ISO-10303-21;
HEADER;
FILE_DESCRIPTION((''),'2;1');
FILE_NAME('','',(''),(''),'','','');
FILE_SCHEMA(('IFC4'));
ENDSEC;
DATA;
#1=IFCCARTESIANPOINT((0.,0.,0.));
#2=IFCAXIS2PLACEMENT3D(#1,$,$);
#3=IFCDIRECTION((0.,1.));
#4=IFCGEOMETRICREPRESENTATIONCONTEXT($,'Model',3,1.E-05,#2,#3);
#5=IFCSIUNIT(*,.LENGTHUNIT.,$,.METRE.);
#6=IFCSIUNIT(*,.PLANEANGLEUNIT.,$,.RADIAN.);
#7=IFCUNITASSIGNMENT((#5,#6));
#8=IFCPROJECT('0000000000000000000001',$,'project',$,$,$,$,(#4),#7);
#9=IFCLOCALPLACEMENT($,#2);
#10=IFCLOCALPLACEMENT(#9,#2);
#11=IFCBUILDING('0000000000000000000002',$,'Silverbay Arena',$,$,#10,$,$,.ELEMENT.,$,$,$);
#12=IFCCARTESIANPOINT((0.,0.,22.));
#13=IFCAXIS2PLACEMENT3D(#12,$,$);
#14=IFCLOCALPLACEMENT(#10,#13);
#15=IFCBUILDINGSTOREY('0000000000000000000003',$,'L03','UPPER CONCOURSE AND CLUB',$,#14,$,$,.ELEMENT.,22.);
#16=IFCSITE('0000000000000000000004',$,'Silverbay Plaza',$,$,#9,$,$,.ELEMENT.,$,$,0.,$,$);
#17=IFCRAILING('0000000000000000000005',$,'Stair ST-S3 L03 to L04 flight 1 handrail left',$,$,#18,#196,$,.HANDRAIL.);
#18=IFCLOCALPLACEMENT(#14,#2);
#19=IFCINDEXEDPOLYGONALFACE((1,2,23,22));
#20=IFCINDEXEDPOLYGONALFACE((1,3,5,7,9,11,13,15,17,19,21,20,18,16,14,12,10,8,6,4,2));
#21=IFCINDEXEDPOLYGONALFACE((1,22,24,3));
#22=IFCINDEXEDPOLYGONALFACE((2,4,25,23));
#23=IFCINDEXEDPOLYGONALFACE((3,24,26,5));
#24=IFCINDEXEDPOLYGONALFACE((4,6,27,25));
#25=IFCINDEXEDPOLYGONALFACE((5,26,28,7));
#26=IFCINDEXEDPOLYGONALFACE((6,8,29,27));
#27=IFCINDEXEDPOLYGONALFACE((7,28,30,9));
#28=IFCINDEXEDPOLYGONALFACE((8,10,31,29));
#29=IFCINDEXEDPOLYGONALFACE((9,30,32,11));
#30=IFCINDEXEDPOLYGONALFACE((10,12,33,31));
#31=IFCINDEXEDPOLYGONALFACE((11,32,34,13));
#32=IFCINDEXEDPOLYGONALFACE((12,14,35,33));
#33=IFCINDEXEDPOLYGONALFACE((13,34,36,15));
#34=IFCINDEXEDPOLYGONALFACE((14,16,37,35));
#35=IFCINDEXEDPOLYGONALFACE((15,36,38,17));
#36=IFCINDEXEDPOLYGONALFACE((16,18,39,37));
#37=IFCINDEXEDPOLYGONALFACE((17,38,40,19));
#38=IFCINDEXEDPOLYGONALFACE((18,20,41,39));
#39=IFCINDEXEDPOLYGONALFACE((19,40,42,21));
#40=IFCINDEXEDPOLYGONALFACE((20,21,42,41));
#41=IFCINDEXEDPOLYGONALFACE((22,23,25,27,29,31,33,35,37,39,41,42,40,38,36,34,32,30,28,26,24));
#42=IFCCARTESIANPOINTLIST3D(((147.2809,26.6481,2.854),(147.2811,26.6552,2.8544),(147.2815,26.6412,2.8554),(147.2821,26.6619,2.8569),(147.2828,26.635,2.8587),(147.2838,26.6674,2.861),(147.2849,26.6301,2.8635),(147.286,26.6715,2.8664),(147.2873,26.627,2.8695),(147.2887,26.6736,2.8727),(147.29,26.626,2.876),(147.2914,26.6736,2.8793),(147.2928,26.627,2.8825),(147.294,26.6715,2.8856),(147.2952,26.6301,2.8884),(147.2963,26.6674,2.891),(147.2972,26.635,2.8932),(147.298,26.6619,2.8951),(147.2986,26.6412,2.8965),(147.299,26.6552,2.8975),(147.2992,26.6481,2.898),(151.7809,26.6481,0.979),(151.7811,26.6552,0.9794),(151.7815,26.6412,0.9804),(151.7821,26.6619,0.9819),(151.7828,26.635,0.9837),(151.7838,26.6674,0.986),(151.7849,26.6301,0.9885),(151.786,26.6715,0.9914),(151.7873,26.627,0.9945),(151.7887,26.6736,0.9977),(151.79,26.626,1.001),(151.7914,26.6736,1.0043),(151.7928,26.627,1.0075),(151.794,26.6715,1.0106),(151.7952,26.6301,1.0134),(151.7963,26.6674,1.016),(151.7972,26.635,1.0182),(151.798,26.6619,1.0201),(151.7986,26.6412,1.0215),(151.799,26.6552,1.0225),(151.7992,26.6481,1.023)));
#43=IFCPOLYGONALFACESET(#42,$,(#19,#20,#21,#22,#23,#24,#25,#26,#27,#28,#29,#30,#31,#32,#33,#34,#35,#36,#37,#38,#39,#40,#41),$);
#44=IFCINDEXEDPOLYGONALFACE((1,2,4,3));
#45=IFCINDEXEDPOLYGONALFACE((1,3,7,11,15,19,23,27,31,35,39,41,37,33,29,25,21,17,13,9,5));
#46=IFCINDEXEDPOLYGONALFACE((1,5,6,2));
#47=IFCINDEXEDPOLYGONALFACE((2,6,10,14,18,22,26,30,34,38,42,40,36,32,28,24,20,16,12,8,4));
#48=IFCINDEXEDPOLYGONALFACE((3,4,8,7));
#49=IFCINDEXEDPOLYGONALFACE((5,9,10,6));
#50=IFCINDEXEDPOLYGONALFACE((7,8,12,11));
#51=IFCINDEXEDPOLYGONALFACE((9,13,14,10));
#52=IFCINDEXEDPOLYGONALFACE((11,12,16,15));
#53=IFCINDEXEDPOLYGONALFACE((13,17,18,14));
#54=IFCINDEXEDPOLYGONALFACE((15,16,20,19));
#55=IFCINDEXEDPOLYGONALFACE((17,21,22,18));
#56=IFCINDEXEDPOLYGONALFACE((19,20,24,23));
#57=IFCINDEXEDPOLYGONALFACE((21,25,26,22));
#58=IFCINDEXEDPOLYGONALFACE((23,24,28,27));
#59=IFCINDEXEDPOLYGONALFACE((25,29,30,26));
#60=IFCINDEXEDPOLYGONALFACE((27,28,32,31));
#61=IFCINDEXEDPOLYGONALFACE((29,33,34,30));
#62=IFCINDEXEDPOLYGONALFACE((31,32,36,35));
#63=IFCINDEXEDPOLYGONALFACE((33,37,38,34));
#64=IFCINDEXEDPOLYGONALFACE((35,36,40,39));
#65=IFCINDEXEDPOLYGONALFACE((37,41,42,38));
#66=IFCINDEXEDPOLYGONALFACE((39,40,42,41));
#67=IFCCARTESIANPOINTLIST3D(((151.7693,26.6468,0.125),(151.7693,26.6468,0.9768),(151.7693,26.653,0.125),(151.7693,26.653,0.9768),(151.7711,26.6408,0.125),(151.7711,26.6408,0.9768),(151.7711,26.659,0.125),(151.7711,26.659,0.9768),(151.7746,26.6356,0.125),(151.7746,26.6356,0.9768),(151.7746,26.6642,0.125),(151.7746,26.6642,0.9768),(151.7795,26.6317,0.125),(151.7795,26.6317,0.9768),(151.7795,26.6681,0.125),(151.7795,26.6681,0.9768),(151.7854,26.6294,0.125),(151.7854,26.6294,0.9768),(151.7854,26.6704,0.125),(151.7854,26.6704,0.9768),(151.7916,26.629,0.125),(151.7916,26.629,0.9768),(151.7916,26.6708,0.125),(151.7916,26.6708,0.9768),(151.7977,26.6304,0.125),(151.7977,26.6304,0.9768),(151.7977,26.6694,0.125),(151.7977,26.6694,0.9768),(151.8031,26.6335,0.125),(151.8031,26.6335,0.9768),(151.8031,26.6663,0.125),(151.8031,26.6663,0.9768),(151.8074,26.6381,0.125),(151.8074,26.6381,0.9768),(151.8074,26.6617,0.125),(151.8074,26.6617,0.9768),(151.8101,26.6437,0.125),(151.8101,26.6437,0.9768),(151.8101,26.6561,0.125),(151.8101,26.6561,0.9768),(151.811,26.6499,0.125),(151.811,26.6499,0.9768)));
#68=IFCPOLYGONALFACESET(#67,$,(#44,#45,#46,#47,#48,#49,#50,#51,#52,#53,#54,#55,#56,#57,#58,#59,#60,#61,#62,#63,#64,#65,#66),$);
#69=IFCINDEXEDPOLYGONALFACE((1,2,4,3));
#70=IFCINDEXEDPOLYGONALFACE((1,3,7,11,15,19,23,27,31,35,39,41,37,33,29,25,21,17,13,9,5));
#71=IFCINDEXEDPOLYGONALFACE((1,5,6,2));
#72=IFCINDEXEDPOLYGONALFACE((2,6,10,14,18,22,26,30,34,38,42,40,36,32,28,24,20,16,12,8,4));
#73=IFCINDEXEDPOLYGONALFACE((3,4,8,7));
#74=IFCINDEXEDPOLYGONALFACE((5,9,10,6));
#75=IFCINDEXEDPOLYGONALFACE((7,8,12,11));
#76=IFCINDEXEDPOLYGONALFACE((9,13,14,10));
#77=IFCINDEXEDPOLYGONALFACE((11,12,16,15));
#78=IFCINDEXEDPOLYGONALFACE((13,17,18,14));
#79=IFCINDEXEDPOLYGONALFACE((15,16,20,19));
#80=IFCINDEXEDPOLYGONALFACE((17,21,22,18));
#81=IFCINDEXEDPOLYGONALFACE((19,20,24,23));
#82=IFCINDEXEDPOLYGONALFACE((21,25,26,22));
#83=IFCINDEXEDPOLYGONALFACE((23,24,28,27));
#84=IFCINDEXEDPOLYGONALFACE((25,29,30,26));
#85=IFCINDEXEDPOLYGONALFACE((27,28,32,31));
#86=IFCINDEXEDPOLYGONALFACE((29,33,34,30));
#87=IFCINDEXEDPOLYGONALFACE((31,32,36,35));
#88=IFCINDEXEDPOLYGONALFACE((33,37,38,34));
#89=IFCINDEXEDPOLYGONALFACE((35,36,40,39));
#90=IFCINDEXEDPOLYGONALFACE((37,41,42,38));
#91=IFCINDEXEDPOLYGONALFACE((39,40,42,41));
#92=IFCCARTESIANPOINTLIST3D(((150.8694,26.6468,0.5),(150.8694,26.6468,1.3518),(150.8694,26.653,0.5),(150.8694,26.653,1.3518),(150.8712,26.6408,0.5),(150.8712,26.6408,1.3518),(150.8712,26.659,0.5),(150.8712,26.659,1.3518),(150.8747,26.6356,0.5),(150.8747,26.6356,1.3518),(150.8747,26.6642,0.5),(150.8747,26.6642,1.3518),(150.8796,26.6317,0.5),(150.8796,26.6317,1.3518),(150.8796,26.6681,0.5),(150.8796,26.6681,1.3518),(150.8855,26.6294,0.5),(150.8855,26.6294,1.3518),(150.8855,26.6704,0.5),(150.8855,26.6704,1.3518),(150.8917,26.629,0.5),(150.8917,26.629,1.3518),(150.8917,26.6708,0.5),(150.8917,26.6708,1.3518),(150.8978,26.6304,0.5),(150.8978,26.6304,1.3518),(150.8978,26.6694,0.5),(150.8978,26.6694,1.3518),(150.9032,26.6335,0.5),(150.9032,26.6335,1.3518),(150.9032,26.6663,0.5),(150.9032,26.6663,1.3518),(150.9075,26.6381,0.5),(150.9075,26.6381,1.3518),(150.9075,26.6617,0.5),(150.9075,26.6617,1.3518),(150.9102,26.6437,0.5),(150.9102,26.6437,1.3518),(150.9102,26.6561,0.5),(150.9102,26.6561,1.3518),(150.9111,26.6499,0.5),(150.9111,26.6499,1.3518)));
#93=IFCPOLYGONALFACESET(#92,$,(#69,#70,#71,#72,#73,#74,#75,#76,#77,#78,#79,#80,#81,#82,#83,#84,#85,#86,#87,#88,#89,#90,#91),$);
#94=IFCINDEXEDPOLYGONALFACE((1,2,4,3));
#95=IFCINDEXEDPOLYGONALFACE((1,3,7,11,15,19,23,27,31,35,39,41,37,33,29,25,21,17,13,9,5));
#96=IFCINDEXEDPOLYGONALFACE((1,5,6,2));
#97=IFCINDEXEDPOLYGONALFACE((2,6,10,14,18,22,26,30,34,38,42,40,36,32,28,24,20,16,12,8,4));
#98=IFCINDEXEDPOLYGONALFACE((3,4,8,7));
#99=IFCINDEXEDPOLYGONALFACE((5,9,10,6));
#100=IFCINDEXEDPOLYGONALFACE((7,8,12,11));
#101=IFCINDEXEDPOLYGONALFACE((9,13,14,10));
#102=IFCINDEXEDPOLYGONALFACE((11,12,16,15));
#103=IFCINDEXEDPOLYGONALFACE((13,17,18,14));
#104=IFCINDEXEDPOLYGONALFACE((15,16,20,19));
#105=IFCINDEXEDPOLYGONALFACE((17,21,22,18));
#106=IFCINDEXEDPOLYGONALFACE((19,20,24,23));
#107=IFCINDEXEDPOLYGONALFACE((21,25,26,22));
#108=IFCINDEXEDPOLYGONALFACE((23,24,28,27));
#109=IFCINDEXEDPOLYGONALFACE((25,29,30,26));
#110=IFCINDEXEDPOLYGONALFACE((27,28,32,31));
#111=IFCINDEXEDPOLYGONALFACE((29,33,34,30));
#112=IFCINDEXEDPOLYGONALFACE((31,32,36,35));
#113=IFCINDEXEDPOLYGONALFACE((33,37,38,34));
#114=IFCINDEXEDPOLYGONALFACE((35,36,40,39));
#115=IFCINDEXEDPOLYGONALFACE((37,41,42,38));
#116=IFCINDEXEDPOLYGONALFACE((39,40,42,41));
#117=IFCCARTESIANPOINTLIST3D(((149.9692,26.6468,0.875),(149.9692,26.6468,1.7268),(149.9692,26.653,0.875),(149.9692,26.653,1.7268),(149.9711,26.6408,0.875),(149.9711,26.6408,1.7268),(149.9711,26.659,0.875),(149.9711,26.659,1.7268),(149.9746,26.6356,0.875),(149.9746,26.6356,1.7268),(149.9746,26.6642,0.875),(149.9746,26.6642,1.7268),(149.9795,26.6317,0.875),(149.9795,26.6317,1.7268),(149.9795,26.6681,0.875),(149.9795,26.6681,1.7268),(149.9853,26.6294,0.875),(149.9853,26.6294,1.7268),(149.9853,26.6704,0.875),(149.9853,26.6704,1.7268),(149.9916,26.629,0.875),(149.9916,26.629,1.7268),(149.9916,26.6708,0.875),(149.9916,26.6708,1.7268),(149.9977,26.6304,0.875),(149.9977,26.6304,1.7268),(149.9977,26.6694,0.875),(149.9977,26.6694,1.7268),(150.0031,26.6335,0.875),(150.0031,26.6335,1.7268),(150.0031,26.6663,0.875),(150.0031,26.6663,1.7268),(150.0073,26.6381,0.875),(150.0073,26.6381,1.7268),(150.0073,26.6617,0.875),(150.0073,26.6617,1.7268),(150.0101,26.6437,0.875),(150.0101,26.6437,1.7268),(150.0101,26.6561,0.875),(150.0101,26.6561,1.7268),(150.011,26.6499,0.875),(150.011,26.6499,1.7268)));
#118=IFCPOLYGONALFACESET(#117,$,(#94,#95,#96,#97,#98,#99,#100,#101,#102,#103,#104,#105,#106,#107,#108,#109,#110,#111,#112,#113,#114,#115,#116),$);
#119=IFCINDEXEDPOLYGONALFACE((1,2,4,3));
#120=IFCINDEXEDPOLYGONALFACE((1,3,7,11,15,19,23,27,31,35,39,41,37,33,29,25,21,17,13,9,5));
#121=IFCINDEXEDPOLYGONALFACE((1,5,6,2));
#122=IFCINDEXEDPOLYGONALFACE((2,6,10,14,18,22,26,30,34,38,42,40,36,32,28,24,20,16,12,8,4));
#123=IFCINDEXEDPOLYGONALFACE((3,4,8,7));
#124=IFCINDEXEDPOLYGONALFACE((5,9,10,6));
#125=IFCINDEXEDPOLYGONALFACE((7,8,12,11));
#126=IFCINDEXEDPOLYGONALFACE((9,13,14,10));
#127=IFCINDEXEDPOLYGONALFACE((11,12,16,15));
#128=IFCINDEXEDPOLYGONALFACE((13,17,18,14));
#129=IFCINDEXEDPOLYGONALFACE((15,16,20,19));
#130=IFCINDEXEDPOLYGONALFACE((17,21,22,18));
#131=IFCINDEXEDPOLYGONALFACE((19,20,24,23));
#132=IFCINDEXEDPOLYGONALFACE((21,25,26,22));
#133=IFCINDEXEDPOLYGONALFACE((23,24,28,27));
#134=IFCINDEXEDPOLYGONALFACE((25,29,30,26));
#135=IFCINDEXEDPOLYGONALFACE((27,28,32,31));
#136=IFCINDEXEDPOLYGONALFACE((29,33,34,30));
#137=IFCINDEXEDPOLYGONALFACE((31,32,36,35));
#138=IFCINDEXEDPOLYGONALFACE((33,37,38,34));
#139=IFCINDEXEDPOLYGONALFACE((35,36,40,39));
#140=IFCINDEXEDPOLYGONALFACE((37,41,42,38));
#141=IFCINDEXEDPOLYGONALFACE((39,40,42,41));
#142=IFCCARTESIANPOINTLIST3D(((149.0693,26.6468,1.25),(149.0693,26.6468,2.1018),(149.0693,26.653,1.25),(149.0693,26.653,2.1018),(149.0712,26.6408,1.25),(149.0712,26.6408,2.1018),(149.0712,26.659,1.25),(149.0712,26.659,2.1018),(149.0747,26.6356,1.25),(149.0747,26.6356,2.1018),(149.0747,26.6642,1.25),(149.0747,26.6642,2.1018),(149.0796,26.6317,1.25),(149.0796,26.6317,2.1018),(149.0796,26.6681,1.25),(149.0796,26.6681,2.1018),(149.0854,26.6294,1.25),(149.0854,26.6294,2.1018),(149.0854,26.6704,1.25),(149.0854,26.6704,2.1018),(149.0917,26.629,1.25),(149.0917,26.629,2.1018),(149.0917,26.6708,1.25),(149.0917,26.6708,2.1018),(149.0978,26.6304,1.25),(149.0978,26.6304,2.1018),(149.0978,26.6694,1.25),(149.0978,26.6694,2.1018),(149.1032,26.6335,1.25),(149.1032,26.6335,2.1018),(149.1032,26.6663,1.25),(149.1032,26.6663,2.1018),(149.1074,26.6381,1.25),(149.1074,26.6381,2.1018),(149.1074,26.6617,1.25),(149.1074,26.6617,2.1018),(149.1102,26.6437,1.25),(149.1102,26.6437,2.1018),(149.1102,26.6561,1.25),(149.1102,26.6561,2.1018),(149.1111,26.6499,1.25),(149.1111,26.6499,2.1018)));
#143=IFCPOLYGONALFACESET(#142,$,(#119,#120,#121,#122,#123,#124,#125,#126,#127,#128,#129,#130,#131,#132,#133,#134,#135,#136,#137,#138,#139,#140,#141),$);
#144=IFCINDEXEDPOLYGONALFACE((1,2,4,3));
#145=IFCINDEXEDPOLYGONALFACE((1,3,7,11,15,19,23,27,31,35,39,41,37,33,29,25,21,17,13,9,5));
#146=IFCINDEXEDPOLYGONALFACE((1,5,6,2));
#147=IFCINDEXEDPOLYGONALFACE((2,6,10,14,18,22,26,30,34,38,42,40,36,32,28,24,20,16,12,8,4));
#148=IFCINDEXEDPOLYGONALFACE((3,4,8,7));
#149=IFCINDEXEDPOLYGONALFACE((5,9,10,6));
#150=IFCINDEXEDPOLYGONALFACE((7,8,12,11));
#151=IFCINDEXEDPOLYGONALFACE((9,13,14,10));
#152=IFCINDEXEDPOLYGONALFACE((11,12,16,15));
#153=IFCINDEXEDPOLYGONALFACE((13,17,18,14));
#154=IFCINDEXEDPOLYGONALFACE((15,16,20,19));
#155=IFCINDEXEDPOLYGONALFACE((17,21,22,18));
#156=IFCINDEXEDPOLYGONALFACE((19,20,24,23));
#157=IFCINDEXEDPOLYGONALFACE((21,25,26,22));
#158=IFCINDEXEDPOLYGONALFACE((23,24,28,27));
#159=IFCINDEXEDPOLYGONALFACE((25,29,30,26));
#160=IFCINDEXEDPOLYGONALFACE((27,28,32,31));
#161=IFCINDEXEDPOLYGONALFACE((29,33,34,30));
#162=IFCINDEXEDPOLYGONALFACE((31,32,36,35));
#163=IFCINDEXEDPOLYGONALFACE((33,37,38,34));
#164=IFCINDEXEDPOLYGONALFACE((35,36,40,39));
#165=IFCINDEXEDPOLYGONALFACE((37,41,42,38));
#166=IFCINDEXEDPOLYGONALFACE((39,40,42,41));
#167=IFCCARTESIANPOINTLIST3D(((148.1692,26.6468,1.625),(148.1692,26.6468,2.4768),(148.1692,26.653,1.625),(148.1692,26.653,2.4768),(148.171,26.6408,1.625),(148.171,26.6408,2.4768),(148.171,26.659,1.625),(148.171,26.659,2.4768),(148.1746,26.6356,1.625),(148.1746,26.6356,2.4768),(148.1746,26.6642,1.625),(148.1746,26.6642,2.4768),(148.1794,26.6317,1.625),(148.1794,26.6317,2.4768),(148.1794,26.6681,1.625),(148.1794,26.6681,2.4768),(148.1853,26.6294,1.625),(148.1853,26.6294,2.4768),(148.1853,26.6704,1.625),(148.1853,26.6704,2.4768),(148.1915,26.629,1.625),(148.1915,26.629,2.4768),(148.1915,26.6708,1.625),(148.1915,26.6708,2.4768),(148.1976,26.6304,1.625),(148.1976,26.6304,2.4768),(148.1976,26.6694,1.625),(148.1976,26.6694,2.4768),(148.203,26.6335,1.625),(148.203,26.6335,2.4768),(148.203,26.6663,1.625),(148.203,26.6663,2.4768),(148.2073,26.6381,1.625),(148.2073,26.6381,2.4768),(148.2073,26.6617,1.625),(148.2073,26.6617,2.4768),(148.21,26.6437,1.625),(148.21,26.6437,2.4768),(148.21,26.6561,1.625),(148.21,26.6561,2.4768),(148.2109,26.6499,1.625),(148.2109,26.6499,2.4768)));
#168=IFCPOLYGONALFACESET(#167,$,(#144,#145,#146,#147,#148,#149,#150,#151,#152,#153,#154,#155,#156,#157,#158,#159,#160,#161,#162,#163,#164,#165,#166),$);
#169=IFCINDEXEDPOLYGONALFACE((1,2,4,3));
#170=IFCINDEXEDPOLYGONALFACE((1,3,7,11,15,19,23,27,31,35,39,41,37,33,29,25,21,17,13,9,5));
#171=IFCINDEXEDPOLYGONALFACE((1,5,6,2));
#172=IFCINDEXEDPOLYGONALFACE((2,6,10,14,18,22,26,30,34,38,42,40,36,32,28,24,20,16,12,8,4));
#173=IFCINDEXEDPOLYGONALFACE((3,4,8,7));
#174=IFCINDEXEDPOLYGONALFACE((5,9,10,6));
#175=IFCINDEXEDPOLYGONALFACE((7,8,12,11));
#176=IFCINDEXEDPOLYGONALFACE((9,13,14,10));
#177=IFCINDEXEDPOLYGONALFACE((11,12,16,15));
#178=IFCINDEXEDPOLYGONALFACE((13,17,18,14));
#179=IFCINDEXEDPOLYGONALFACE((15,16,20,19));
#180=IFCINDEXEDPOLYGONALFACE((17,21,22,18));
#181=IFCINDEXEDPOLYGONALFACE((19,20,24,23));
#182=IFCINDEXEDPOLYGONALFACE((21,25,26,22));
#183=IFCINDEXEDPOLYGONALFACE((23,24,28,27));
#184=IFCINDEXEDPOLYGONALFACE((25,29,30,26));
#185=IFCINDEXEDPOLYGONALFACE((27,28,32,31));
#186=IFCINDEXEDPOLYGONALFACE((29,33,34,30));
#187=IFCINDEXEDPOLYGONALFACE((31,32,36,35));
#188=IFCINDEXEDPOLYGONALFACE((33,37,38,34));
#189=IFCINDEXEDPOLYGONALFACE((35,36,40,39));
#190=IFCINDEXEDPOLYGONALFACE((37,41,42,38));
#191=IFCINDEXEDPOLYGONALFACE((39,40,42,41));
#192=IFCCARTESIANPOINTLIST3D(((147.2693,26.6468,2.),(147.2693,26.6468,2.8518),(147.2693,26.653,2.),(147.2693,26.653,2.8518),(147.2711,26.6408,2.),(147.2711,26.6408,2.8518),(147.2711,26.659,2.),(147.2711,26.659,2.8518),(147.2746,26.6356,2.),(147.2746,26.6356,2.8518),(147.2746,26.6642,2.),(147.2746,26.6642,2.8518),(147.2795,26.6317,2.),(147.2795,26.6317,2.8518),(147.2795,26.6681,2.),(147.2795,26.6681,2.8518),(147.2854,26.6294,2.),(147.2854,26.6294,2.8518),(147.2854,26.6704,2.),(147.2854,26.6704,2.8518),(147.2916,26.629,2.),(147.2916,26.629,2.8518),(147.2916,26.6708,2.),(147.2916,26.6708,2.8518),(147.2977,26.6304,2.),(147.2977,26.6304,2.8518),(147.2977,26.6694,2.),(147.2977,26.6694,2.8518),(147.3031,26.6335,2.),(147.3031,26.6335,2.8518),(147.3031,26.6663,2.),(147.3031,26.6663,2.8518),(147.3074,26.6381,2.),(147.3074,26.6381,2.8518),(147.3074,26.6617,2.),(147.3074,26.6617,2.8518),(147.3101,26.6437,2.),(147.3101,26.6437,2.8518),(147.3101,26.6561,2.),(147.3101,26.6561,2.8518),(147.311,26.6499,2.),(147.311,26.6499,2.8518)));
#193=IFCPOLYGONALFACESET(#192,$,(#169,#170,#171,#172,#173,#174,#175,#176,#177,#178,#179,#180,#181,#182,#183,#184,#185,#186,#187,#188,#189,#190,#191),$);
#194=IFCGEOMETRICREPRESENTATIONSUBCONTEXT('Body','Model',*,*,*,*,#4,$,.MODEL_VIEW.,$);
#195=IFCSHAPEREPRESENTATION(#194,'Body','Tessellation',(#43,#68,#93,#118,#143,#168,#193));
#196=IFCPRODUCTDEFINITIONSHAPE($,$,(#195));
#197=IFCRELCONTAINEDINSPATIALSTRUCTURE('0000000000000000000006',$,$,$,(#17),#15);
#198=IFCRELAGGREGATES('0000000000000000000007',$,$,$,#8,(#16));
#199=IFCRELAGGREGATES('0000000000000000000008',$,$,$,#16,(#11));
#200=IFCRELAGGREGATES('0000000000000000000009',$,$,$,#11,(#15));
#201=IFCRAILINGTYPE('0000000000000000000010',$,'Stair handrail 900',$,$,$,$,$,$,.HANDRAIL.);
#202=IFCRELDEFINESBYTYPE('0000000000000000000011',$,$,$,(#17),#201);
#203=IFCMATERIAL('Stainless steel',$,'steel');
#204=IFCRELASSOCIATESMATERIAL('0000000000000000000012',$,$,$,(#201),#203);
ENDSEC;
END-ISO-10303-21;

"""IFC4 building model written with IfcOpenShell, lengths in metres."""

from ifc_helpers import new_model, si_unit, direction, frame, origin, origin_2d, place, context, subcontext, project, spatial, circle, extrude, material, type_object, element, save


model = new_model("IFC4")

# Units and contexts
model_context = context("Model", 3, precision=1e-05, world=origin(), true_north=direction((0.0, 1.0)))
body_context = subcontext(model_context, "Body", "Model", "MODEL_VIEW")
ifc_project = project(units=[si_unit("LENGTHUNIT", "METRE"), si_unit("PLANEANGLEUNIT", "RADIAN")], contexts=[model_context])

# Site, building, storey
site_placement = place(None, origin())
site = spatial("IfcSite", under=ifc_project, at=site_placement, Name="Silverbay Plaza", CompositionType="ELEMENT", RefElevation=0.0)
building_placement = place(site_placement, origin())
building = spatial("IfcBuilding", under=site, at=building_placement, Name="Silverbay Arena", CompositionType="ELEMENT")
storey_placement = place(building_placement, frame((0.0, 0.0, 22.0)))
storey = spatial("IfcBuildingStorey", under=building, at=storey_placement, Name="L03", Description="UPPER CONCOURSE AND CLUB", CompositionType="ELEMENT", Elevation=22.0)

# Railing
ifc_material_1 = material(Name="Stainless steel", Category="steel")
railing_type_1 = type_object("IfcRailingType", Name="Stair handrail 900", PredefinedType="HANDRAIL", material=ifc_material_1)
for number, where, name in (
    (1, (151.79, 26.6499, 0.125), "Stair ST-S3 L03 to L04 flight 1 handrail left"),
):
    element("IfcRailing", number, at=place(storey_placement, frame(where)), inside=storey, type_object=railing_type_1, Name=name, PredefinedType="HANDRAIL", context=body_context, shape_type="SweptSolid", body=[
        extrude(circle(Radius=0.0239, at=origin_2d()), frame((0.0, 0.0, 0.876), z_axis=(-0.923077, 0.0, 0.384615), x_axis=(0.0, -1.0, 0.0)), (0.0, 0.0, 1.0), 4.875),
        extrude(circle(Radius=0.021, at=origin_2d()), origin(), (0.0, 0.0, 1.0), 0.8518),
        extrude(circle(Radius=0.021, at=origin_2d()), frame((-0.8999, 0.0, 0.375)), (0.0, 0.0, 1.0), 0.8518),
        extrude(circle(Radius=0.021, at=origin_2d()), frame((-1.8, 0.0, 0.75)), (0.0, 0.0, 1.0), 0.8518),
        extrude(circle(Radius=0.021, at=origin_2d()), frame((-2.7, 0.0, 1.125)), (0.0, 0.0, 1.0), 0.8518),
        extrude(circle(Radius=0.021, at=origin_2d()), frame((-3.6001, 0.0, 1.5)), (0.0, 0.0, 1.0), 0.8518),
        extrude(circle(Radius=0.021, at=origin_2d()), frame((-4.5, 0.0, 1.875)), (0.0, 0.0, 1.0), 0.8518),
    ])

save(model, "model.ifc")
